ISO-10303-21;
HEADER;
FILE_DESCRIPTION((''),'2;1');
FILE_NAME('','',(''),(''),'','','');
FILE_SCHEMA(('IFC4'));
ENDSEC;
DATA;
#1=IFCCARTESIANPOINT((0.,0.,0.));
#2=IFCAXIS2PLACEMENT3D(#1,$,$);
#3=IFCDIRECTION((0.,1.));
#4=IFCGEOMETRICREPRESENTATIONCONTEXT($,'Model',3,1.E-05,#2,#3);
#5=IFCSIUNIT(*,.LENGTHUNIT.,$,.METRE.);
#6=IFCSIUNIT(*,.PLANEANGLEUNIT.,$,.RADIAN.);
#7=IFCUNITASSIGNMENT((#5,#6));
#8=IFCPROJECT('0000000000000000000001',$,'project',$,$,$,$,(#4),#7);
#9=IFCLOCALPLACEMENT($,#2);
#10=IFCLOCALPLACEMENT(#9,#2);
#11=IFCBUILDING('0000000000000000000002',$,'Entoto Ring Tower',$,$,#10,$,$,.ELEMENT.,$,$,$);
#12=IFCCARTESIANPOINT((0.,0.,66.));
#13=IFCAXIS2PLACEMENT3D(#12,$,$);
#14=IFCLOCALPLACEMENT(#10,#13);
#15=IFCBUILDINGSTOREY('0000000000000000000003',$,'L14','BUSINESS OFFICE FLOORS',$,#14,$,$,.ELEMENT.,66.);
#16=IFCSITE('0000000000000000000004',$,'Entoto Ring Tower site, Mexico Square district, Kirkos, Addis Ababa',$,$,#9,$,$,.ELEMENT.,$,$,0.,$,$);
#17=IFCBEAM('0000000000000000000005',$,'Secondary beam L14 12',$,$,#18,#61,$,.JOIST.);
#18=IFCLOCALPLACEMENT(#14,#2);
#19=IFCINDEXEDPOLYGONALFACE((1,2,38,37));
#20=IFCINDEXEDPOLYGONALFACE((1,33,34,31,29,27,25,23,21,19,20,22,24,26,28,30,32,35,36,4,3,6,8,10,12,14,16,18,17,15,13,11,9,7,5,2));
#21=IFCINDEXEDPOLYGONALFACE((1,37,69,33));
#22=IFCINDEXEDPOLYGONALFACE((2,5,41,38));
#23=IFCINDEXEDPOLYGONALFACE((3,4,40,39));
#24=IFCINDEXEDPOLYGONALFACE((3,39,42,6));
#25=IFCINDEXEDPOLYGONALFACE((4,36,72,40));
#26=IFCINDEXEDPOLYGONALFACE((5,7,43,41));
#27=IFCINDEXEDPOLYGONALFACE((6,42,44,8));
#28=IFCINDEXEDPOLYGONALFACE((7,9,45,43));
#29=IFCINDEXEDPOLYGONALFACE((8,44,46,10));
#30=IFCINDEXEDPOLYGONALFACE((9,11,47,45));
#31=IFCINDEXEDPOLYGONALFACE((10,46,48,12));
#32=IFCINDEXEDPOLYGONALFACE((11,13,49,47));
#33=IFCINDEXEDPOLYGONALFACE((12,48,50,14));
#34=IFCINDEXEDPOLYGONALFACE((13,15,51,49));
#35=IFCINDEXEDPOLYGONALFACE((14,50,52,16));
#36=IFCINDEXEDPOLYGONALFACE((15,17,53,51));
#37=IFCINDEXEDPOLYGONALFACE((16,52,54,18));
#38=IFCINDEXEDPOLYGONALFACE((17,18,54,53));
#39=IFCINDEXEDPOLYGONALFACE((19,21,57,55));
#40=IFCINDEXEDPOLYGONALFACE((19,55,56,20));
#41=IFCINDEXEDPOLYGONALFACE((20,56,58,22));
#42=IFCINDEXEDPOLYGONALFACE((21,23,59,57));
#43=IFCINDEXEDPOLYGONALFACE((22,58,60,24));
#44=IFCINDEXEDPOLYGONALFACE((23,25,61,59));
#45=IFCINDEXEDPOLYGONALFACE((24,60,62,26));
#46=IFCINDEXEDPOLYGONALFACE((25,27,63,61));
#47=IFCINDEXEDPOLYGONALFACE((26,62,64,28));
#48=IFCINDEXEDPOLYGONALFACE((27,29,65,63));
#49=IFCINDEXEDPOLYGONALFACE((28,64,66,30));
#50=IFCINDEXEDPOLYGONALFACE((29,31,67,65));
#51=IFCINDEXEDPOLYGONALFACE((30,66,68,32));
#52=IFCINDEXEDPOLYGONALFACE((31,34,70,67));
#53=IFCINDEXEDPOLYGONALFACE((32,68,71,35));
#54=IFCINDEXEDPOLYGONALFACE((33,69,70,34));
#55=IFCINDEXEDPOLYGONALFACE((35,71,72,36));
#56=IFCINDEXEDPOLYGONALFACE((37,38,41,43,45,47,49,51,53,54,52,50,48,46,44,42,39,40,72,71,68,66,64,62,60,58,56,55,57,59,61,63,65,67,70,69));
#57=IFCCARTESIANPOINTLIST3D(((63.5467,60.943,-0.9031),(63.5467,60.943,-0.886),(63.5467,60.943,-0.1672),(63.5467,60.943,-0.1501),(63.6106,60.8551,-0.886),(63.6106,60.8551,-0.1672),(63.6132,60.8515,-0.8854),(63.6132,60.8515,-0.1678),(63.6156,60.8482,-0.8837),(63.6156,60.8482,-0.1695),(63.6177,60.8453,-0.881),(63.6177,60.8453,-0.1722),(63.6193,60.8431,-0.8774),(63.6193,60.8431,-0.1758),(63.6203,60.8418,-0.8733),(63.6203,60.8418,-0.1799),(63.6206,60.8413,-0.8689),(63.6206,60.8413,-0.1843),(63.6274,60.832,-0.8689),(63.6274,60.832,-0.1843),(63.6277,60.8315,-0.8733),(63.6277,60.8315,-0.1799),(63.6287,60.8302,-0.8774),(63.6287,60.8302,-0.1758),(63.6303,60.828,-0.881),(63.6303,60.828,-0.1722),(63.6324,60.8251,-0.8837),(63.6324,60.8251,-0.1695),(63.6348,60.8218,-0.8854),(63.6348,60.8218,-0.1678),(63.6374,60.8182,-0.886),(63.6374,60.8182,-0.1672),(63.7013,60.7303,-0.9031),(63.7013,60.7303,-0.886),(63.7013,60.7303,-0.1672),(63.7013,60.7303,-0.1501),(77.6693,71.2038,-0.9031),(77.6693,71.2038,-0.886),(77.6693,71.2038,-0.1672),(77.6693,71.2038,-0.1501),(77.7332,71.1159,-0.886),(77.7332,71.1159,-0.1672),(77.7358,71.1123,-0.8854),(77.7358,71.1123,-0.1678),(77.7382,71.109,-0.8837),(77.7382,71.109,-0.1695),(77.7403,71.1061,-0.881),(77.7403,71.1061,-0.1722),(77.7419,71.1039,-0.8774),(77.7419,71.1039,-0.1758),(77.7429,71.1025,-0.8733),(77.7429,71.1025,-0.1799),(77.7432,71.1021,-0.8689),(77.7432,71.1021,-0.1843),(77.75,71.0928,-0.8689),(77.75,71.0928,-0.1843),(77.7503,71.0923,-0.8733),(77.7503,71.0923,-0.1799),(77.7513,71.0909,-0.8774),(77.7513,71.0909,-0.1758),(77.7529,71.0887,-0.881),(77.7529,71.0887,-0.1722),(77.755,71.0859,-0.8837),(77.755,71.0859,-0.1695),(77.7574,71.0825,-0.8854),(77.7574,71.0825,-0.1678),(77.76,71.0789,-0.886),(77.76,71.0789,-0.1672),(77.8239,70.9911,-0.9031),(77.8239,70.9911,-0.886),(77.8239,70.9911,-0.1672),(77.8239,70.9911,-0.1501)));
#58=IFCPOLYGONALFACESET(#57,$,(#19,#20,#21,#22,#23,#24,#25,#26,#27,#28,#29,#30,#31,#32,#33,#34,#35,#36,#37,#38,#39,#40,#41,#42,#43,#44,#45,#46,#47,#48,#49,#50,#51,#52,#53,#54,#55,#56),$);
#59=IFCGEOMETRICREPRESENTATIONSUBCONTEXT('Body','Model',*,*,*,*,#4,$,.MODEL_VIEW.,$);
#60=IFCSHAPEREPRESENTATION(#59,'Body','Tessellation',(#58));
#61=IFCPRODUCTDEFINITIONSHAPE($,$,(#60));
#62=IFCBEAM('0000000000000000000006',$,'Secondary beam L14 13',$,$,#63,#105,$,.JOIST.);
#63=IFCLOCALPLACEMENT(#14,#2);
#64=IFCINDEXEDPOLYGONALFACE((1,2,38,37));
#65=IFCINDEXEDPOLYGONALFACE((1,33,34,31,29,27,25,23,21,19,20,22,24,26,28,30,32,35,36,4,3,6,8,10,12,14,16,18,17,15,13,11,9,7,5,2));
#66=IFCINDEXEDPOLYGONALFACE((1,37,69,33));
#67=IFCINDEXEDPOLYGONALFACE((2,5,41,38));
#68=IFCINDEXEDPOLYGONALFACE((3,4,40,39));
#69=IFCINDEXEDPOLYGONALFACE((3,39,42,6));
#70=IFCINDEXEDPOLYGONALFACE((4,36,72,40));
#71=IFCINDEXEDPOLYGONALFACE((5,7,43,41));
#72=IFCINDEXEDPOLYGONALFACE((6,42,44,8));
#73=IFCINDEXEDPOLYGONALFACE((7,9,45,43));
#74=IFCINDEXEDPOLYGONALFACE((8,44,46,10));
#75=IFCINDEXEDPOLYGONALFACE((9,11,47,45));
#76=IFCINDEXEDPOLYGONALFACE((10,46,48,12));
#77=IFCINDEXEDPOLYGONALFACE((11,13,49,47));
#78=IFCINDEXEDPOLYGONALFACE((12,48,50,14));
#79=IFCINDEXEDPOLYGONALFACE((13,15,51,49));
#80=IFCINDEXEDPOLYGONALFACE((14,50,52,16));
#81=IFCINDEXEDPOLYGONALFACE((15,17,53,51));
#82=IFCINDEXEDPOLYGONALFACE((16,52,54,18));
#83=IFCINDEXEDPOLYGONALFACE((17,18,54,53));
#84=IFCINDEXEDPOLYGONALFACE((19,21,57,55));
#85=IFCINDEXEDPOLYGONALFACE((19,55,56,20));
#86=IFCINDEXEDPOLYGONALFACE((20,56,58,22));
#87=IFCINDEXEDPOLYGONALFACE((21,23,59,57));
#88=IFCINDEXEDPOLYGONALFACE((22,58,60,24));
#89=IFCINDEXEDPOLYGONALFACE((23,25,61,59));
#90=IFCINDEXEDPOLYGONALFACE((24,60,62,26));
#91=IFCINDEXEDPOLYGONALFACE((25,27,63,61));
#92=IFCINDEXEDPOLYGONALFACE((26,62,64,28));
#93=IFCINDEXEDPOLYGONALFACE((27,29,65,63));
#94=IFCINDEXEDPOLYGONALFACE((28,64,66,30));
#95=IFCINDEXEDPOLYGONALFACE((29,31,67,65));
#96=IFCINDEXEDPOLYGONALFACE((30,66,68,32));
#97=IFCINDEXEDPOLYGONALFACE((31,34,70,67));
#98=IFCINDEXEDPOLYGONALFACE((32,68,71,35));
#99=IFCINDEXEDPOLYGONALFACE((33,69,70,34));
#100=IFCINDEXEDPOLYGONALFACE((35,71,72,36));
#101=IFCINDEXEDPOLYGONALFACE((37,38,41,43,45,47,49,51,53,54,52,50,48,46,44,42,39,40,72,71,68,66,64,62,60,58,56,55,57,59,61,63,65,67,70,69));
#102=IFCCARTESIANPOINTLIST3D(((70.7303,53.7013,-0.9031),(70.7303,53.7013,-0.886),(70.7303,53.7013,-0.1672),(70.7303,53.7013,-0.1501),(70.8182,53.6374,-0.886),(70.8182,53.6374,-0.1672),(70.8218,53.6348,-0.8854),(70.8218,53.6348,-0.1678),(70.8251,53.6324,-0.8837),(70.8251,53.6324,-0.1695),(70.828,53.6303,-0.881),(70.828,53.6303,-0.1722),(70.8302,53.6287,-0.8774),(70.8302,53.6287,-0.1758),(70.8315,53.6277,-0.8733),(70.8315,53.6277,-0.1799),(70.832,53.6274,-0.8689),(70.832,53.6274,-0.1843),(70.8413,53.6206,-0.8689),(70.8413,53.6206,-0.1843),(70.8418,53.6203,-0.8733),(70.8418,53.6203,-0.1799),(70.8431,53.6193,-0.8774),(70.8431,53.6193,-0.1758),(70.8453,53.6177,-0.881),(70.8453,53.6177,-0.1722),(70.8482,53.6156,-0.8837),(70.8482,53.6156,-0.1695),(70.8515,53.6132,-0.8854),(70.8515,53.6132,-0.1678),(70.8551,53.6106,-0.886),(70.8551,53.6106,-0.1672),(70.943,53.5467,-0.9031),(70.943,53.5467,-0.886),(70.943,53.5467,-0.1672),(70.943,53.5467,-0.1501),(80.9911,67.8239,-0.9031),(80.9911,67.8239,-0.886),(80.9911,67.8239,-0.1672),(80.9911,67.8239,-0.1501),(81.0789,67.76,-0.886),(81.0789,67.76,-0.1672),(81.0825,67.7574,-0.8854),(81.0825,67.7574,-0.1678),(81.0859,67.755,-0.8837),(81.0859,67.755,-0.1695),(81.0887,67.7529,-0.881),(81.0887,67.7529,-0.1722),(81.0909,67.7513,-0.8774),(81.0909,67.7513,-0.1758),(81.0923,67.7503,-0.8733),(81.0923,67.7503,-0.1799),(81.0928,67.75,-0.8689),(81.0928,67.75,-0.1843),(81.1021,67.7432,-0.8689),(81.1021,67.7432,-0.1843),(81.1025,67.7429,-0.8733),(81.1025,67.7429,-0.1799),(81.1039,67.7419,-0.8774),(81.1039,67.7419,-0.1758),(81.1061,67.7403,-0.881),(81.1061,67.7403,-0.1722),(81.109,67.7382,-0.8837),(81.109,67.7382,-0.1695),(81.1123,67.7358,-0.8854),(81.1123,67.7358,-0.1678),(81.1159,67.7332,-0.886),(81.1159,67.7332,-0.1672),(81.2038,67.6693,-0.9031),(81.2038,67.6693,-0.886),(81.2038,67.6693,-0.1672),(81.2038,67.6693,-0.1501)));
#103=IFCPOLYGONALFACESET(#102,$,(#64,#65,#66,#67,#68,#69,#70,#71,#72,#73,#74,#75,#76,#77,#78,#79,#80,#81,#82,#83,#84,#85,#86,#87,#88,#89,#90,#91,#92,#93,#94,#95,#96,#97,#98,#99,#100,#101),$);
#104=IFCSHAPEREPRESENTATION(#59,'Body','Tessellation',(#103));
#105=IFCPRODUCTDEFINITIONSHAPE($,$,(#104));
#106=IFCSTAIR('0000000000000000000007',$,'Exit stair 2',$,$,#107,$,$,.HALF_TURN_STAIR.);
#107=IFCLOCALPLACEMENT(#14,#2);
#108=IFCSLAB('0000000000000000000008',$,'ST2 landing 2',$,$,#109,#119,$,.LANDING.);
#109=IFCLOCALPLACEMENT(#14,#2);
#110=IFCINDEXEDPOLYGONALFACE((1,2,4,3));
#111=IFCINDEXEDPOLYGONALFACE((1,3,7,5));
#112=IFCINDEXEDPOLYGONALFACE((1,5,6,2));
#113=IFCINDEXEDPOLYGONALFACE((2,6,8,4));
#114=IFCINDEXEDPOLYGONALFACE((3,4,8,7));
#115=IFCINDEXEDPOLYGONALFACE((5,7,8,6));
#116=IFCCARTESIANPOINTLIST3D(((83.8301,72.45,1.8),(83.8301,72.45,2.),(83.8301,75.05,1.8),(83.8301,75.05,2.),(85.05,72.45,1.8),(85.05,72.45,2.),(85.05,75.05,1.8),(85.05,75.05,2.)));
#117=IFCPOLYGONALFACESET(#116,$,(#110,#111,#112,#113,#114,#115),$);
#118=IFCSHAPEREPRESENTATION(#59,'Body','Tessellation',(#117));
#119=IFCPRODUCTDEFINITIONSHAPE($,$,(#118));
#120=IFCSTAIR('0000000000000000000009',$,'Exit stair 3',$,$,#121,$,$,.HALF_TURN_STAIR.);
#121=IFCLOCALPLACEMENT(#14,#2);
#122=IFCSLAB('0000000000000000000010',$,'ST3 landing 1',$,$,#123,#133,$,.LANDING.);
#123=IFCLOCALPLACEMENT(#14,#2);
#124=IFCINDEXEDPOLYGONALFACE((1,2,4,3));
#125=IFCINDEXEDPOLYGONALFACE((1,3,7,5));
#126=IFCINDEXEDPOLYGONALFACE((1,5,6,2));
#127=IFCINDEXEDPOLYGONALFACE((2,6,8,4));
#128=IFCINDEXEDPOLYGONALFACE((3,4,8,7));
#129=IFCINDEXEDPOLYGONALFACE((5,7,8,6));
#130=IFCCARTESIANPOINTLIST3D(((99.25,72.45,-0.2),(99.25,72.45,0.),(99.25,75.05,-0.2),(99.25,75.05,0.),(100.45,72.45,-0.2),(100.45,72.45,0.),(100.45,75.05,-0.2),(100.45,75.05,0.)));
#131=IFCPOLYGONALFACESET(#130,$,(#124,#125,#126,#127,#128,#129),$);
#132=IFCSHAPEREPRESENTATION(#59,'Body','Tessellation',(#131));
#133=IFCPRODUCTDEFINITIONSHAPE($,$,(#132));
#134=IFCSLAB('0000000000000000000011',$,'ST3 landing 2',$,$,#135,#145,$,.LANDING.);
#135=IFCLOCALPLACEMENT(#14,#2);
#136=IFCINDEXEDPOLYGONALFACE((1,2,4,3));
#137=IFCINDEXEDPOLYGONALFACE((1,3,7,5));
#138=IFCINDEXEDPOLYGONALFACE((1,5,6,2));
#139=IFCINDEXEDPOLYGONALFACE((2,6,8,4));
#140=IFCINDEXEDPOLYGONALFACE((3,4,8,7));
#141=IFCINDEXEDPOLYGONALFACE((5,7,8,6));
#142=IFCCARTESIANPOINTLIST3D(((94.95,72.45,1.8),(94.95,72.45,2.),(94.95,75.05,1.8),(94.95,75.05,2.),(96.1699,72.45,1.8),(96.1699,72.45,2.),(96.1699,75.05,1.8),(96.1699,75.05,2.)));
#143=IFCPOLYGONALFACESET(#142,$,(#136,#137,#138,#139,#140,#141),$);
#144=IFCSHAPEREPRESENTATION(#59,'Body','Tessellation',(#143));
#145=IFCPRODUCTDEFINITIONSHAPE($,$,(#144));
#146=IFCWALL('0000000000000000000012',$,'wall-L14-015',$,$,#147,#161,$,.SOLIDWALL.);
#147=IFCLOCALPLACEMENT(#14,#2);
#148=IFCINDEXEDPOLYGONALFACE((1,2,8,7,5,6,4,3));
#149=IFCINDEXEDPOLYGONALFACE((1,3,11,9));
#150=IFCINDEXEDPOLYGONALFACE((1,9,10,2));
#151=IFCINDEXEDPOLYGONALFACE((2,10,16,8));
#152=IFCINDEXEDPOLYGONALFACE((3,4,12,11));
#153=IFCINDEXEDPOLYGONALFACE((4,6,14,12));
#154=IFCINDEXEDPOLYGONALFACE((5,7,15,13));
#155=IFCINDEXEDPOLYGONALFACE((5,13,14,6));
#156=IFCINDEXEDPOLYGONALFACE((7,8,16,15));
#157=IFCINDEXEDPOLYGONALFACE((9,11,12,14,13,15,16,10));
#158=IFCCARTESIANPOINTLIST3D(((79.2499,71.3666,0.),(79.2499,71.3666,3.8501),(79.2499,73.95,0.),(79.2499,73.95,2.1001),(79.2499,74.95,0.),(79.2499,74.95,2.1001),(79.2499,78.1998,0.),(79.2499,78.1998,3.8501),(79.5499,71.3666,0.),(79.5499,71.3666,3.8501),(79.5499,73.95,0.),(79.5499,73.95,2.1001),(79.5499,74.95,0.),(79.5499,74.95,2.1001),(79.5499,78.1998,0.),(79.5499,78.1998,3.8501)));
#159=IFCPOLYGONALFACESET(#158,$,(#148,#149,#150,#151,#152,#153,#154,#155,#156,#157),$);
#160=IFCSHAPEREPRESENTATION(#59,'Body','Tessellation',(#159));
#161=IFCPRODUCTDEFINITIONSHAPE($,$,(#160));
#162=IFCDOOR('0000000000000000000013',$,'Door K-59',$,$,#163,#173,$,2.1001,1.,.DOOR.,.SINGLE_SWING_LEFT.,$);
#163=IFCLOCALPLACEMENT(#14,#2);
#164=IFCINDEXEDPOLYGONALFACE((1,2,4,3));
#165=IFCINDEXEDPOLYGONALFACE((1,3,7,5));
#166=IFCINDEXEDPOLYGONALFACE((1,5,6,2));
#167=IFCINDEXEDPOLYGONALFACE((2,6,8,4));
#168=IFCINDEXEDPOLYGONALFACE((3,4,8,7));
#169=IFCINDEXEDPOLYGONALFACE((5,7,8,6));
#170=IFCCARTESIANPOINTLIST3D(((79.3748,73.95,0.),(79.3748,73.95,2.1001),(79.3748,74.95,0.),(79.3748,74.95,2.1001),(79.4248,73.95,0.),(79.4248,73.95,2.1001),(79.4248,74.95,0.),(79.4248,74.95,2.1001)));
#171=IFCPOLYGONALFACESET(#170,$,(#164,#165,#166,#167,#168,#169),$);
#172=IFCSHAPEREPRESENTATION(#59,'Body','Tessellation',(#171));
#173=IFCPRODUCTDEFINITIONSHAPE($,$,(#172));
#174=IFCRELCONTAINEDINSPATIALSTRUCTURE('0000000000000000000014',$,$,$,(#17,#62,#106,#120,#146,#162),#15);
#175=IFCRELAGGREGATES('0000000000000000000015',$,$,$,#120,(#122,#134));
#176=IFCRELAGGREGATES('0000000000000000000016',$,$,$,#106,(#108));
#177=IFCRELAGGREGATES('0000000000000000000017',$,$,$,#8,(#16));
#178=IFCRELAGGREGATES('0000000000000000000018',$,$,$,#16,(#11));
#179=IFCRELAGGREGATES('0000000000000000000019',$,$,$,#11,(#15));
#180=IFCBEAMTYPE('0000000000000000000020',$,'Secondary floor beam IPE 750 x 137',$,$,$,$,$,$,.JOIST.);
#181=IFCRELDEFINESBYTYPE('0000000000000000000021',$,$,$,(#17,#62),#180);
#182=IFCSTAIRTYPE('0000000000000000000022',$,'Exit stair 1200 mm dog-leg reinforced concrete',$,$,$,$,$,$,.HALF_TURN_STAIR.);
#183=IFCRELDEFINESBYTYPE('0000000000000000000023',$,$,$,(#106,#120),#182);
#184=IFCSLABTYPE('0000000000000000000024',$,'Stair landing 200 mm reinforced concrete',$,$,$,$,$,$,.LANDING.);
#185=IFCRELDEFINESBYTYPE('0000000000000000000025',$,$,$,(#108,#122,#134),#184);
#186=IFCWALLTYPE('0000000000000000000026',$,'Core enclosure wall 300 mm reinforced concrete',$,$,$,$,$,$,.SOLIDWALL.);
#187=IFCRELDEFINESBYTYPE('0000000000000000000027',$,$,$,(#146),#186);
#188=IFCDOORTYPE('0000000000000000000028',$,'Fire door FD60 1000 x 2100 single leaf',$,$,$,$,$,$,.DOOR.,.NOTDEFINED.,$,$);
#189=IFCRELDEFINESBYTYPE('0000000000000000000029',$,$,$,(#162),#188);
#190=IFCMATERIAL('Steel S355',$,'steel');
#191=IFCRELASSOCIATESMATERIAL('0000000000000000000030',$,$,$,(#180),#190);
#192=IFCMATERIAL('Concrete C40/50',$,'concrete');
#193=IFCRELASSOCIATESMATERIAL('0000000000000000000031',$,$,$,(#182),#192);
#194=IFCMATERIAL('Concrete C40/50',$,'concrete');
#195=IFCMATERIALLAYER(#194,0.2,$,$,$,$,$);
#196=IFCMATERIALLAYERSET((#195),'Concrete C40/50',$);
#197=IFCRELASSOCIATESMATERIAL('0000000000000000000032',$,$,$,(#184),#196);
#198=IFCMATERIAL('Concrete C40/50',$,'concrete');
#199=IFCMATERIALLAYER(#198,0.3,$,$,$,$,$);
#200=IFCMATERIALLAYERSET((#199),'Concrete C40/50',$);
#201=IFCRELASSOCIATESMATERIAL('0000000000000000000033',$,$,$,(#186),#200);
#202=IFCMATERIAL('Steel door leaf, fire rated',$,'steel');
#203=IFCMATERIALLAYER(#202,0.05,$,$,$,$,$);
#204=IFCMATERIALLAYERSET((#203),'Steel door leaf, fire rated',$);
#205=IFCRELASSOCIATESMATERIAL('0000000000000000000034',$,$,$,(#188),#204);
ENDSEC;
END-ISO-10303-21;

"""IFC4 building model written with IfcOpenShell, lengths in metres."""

from ifc_helpers import new_model, si_unit, direction, frame, frame_2d, origin, origin_2d, place, context, subcontext, project, spatial, polyline, rectangle, i_section, outline, extrude, material, layer, layer_set, material_profile, profile_set, type_object, element, fill, aggregate, save


model = new_model("IFC4")

# Units and contexts
model_context = context("Model", 3, precision=1e-05, world=origin(), true_north=direction((0.0, 1.0)))
body_context = subcontext(model_context, "Body", "Model", "MODEL_VIEW")
ifc_project = project(units=[si_unit("LENGTHUNIT", "METRE"), si_unit("PLANEANGLEUNIT", "RADIAN")], contexts=[model_context])

# Site, building, storey
site_placement = place(None, origin())
site = spatial("IfcSite", under=ifc_project, at=site_placement, Name="Entoto Ring Tower site, Mexico Square district, Kirkos, Addis Ababa", CompositionType="ELEMENT", RefElevation=0.0)
building_placement = place(site_placement, origin())
building = spatial("IfcBuilding", under=site, at=building_placement, Name="Entoto Ring Tower", CompositionType="ELEMENT")
storey_placement = place(building_placement, frame((0.0, 0.0, 66.0)))
storey = spatial("IfcBuildingStorey", under=building, at=storey_placement, Name="L14", Description="BUSINESS OFFICE FLOORS", CompositionType="ELEMENT", Elevation=66.0)

# Beams
ifc_material_1 = material(Name="Steel S355", Category="steel")
ifc_material_profile_1 = material_profile(ifc_material_1, i_section(OverallWidth=0.2629, OverallDepth=0.7529, WebThickness=0.0115, FlangeThickness=0.0171, FilletRadius=0.0171, at=origin_2d()), Name="IPE 750 x 137")
ifc_profile_set_1 = profile_set([ifc_material_profile_1], Name="Steel S355")
beam_type_1 = type_object("IfcBeamType", Name="Secondary floor beam IPE 750 x 137", PredefinedType="JOIST", material=ifc_profile_set_1)
for number, where, z_axis, x_axis, name in (
    (1, (77.7466, 71.0974, -0.5266), (-0.809014, -0.587789, 0.0), (0.587789, -0.809014, 0.0), "Secondary beam L14 12"),
    (2, (81.0974, 67.7466, -0.5266), (-0.587789, -0.809014, 0.0), (0.809014, -0.587789, 0.0), "Secondary beam L14 13"),
):
    element("IfcBeam", number, at=place(storey_placement, frame(where, z_axis=z_axis, x_axis=x_axis)), inside=storey, type_object=beam_type_1, Name=name, PredefinedType="JOIST", context=body_context, shape_type="SweptSolid", body=[
        extrude(i_section(OverallWidth=0.2629, OverallDepth=0.7529, WebThickness=0.0115, FlangeThickness=0.0171, FilletRadius=0.0171, at=origin_2d()), origin(), (0.0, 0.0, 1.0), 17.4565),
    ])

# Stair, slab
ifc_material_2 = material(Name="Concrete C40/50", Category="concrete")
stair_type = type_object("IfcStairType", Name="Exit stair 1200 mm dog-leg reinforced concrete", PredefinedType="HALF_TURN_STAIR", material=ifc_material_2)
stair_1_placement = place(storey_placement, origin())
stair_1 = element("IfcStair", 3, at=stair_1_placement, inside=storey, type_object=stair_type, Name="Exit stair 2", PredefinedType="HALF_TURN_STAIR")
ifc_material_3 = material(Name="Concrete C40/50", Category="concrete")
ifc_layer_1 = layer(ifc_material_3, 0.2)
ifc_layer_set_1 = layer_set([ifc_layer_1], Name="Concrete C40/50")
slab_type_1 = type_object("IfcSlabType", Name="Stair landing 200 mm reinforced concrete", PredefinedType="LANDING", material=ifc_layer_set_1)
slab_1_placement = place(storey_placement, frame((0.0, 0.0, 1.8)))
slab_1 = element("IfcSlab", 4, at=slab_1_placement, type_object=slab_type_1, Name="ST2 landing 2", PredefinedType="LANDING", context=body_context, shape_type="SweptSolid", body=[
    extrude(outline(polyline([(83.8301, 72.45), (85.05, 72.45), (85.05, 75.05), (83.8301, 75.05), (83.8301, 72.45)])), origin(), (0.0, 0.0, 1.0), 0.2),
])

# Stair, slabs
stair_2_placement = place(storey_placement, origin())
stair_2 = element("IfcStair", 5, at=stair_2_placement, inside=storey, type_object=stair_type, Name="Exit stair 3", PredefinedType="HALF_TURN_STAIR")
slab_2_placement = place(storey_placement, frame((0.0, 0.0, -0.2)))
slab_2 = element("IfcSlab", 6, at=slab_2_placement, type_object=slab_type_1, Name="ST3 landing 1", PredefinedType="LANDING", context=body_context, shape_type="SweptSolid", body=[
    extrude(outline(polyline([(100.45, 72.45), (100.45, 75.05), (99.25, 75.05), (99.25, 72.45), (100.45, 72.45)])), origin(), (0.0, 0.0, 1.0), 0.2),
])
slab_3_placement = place(storey_placement, frame((0.0, 0.0, 1.8)))
slab_3 = element("IfcSlab", 7, at=slab_3_placement, type_object=slab_type_1, Name="ST3 landing 2", PredefinedType="LANDING", context=body_context, shape_type="SweptSolid", body=[
    extrude(outline(polyline([(94.95, 72.45), (96.1699, 72.45), (96.1699, 75.05), (94.95, 75.05), (94.95, 72.45)])), origin(), (0.0, 0.0, 1.0), 0.2),
])
aggregate(stair_2, [slab_2, slab_3])

# Wall, opening, door
ifc_material_4 = material(Name="Concrete C40/50", Category="concrete")
ifc_layer_2 = layer(ifc_material_4, 0.3)
ifc_layer_set_2 = layer_set([ifc_layer_2], Name="Concrete C40/50")
wall_type_1 = type_object("IfcWallType", Name="Core enclosure wall 300 mm reinforced concrete", PredefinedType="SOLIDWALL", material=ifc_layer_set_2)
wall_1_placement = place(storey_placement, frame((79.3999, 71.3667, 0.0), z_axis=(0.0, 0.0, 1.0), x_axis=(0.0, 1.0, 0.0)))
wall_1 = element("IfcWall", 8, at=wall_1_placement, inside=storey, type_object=wall_type_1, Name="wall-L14-015", PredefinedType="SOLIDWALL", context=body_context, shape_type="SweptSolid", body=[
    extrude(rectangle(XDim=6.8333, YDim=0.3, at=frame_2d((3.4165, 0.0))), origin(), (0.0, 0.0, 1.0), 3.8501),
])
opening_1_placement = place(wall_1_placement, frame((2.5833, 0.0, 0.0)))
opening_1 = element("IfcOpeningElement", 9, at=opening_1_placement, cuts=wall_1, PredefinedType="OPENING", context=body_context, shape_type="SweptSolid", body=[
    extrude(rectangle(XDim=1.0, YDim=2.1001, at=frame_2d((0.5, 1.05))), frame((0.0, 0.1602, 0.0), z_axis=(0.0, -1.0, 0.0), x_axis=(1.0, 0.0, 0.0)), (0.0, 0.0, 1.0), 0.3201),
])
ifc_material_5 = material(Name="Steel door leaf, fire rated", Category="steel")
ifc_layer_3 = layer(ifc_material_5, 0.05)
ifc_layer_set_3 = layer_set([ifc_layer_3], Name="Steel door leaf, fire rated")
door_type_1 = type_object("IfcDoorType", Name="Fire door FD60 1000 x 2100 single leaf", OperationType="NOTDEFINED", PredefinedType="DOOR", material=ifc_layer_set_3)
door_1_placement = place(opening_1_placement, frame((1.0, 0.0, 0.0), z_axis=(0.0, 0.0, 1.0), x_axis=(-1.0, 0.0, 0.0)))
door_1 = element("IfcDoor", 10, at=door_1_placement, inside=storey, type_object=door_type_1, Name="Door K-59", OperationType="SINGLE_SWING_LEFT", OverallHeight=2.1001, OverallWidth=1.0, PredefinedType="DOOR", context=body_context, shape_type="SweptSolid", body=[
    extrude(rectangle(XDim=1.0, YDim=2.1001, at=frame_2d((0.5, 1.05))), frame((0.0, 0.0249, 0.0), z_axis=(0.0, -1.0, 0.0), x_axis=(1.0, 0.0, 0.0)), (0.0, 0.0, 1.0), 0.05),
])
fill(opening_1, door_1)

aggregate(stair_1, [slab_1])

save(model, "model.ifc")
